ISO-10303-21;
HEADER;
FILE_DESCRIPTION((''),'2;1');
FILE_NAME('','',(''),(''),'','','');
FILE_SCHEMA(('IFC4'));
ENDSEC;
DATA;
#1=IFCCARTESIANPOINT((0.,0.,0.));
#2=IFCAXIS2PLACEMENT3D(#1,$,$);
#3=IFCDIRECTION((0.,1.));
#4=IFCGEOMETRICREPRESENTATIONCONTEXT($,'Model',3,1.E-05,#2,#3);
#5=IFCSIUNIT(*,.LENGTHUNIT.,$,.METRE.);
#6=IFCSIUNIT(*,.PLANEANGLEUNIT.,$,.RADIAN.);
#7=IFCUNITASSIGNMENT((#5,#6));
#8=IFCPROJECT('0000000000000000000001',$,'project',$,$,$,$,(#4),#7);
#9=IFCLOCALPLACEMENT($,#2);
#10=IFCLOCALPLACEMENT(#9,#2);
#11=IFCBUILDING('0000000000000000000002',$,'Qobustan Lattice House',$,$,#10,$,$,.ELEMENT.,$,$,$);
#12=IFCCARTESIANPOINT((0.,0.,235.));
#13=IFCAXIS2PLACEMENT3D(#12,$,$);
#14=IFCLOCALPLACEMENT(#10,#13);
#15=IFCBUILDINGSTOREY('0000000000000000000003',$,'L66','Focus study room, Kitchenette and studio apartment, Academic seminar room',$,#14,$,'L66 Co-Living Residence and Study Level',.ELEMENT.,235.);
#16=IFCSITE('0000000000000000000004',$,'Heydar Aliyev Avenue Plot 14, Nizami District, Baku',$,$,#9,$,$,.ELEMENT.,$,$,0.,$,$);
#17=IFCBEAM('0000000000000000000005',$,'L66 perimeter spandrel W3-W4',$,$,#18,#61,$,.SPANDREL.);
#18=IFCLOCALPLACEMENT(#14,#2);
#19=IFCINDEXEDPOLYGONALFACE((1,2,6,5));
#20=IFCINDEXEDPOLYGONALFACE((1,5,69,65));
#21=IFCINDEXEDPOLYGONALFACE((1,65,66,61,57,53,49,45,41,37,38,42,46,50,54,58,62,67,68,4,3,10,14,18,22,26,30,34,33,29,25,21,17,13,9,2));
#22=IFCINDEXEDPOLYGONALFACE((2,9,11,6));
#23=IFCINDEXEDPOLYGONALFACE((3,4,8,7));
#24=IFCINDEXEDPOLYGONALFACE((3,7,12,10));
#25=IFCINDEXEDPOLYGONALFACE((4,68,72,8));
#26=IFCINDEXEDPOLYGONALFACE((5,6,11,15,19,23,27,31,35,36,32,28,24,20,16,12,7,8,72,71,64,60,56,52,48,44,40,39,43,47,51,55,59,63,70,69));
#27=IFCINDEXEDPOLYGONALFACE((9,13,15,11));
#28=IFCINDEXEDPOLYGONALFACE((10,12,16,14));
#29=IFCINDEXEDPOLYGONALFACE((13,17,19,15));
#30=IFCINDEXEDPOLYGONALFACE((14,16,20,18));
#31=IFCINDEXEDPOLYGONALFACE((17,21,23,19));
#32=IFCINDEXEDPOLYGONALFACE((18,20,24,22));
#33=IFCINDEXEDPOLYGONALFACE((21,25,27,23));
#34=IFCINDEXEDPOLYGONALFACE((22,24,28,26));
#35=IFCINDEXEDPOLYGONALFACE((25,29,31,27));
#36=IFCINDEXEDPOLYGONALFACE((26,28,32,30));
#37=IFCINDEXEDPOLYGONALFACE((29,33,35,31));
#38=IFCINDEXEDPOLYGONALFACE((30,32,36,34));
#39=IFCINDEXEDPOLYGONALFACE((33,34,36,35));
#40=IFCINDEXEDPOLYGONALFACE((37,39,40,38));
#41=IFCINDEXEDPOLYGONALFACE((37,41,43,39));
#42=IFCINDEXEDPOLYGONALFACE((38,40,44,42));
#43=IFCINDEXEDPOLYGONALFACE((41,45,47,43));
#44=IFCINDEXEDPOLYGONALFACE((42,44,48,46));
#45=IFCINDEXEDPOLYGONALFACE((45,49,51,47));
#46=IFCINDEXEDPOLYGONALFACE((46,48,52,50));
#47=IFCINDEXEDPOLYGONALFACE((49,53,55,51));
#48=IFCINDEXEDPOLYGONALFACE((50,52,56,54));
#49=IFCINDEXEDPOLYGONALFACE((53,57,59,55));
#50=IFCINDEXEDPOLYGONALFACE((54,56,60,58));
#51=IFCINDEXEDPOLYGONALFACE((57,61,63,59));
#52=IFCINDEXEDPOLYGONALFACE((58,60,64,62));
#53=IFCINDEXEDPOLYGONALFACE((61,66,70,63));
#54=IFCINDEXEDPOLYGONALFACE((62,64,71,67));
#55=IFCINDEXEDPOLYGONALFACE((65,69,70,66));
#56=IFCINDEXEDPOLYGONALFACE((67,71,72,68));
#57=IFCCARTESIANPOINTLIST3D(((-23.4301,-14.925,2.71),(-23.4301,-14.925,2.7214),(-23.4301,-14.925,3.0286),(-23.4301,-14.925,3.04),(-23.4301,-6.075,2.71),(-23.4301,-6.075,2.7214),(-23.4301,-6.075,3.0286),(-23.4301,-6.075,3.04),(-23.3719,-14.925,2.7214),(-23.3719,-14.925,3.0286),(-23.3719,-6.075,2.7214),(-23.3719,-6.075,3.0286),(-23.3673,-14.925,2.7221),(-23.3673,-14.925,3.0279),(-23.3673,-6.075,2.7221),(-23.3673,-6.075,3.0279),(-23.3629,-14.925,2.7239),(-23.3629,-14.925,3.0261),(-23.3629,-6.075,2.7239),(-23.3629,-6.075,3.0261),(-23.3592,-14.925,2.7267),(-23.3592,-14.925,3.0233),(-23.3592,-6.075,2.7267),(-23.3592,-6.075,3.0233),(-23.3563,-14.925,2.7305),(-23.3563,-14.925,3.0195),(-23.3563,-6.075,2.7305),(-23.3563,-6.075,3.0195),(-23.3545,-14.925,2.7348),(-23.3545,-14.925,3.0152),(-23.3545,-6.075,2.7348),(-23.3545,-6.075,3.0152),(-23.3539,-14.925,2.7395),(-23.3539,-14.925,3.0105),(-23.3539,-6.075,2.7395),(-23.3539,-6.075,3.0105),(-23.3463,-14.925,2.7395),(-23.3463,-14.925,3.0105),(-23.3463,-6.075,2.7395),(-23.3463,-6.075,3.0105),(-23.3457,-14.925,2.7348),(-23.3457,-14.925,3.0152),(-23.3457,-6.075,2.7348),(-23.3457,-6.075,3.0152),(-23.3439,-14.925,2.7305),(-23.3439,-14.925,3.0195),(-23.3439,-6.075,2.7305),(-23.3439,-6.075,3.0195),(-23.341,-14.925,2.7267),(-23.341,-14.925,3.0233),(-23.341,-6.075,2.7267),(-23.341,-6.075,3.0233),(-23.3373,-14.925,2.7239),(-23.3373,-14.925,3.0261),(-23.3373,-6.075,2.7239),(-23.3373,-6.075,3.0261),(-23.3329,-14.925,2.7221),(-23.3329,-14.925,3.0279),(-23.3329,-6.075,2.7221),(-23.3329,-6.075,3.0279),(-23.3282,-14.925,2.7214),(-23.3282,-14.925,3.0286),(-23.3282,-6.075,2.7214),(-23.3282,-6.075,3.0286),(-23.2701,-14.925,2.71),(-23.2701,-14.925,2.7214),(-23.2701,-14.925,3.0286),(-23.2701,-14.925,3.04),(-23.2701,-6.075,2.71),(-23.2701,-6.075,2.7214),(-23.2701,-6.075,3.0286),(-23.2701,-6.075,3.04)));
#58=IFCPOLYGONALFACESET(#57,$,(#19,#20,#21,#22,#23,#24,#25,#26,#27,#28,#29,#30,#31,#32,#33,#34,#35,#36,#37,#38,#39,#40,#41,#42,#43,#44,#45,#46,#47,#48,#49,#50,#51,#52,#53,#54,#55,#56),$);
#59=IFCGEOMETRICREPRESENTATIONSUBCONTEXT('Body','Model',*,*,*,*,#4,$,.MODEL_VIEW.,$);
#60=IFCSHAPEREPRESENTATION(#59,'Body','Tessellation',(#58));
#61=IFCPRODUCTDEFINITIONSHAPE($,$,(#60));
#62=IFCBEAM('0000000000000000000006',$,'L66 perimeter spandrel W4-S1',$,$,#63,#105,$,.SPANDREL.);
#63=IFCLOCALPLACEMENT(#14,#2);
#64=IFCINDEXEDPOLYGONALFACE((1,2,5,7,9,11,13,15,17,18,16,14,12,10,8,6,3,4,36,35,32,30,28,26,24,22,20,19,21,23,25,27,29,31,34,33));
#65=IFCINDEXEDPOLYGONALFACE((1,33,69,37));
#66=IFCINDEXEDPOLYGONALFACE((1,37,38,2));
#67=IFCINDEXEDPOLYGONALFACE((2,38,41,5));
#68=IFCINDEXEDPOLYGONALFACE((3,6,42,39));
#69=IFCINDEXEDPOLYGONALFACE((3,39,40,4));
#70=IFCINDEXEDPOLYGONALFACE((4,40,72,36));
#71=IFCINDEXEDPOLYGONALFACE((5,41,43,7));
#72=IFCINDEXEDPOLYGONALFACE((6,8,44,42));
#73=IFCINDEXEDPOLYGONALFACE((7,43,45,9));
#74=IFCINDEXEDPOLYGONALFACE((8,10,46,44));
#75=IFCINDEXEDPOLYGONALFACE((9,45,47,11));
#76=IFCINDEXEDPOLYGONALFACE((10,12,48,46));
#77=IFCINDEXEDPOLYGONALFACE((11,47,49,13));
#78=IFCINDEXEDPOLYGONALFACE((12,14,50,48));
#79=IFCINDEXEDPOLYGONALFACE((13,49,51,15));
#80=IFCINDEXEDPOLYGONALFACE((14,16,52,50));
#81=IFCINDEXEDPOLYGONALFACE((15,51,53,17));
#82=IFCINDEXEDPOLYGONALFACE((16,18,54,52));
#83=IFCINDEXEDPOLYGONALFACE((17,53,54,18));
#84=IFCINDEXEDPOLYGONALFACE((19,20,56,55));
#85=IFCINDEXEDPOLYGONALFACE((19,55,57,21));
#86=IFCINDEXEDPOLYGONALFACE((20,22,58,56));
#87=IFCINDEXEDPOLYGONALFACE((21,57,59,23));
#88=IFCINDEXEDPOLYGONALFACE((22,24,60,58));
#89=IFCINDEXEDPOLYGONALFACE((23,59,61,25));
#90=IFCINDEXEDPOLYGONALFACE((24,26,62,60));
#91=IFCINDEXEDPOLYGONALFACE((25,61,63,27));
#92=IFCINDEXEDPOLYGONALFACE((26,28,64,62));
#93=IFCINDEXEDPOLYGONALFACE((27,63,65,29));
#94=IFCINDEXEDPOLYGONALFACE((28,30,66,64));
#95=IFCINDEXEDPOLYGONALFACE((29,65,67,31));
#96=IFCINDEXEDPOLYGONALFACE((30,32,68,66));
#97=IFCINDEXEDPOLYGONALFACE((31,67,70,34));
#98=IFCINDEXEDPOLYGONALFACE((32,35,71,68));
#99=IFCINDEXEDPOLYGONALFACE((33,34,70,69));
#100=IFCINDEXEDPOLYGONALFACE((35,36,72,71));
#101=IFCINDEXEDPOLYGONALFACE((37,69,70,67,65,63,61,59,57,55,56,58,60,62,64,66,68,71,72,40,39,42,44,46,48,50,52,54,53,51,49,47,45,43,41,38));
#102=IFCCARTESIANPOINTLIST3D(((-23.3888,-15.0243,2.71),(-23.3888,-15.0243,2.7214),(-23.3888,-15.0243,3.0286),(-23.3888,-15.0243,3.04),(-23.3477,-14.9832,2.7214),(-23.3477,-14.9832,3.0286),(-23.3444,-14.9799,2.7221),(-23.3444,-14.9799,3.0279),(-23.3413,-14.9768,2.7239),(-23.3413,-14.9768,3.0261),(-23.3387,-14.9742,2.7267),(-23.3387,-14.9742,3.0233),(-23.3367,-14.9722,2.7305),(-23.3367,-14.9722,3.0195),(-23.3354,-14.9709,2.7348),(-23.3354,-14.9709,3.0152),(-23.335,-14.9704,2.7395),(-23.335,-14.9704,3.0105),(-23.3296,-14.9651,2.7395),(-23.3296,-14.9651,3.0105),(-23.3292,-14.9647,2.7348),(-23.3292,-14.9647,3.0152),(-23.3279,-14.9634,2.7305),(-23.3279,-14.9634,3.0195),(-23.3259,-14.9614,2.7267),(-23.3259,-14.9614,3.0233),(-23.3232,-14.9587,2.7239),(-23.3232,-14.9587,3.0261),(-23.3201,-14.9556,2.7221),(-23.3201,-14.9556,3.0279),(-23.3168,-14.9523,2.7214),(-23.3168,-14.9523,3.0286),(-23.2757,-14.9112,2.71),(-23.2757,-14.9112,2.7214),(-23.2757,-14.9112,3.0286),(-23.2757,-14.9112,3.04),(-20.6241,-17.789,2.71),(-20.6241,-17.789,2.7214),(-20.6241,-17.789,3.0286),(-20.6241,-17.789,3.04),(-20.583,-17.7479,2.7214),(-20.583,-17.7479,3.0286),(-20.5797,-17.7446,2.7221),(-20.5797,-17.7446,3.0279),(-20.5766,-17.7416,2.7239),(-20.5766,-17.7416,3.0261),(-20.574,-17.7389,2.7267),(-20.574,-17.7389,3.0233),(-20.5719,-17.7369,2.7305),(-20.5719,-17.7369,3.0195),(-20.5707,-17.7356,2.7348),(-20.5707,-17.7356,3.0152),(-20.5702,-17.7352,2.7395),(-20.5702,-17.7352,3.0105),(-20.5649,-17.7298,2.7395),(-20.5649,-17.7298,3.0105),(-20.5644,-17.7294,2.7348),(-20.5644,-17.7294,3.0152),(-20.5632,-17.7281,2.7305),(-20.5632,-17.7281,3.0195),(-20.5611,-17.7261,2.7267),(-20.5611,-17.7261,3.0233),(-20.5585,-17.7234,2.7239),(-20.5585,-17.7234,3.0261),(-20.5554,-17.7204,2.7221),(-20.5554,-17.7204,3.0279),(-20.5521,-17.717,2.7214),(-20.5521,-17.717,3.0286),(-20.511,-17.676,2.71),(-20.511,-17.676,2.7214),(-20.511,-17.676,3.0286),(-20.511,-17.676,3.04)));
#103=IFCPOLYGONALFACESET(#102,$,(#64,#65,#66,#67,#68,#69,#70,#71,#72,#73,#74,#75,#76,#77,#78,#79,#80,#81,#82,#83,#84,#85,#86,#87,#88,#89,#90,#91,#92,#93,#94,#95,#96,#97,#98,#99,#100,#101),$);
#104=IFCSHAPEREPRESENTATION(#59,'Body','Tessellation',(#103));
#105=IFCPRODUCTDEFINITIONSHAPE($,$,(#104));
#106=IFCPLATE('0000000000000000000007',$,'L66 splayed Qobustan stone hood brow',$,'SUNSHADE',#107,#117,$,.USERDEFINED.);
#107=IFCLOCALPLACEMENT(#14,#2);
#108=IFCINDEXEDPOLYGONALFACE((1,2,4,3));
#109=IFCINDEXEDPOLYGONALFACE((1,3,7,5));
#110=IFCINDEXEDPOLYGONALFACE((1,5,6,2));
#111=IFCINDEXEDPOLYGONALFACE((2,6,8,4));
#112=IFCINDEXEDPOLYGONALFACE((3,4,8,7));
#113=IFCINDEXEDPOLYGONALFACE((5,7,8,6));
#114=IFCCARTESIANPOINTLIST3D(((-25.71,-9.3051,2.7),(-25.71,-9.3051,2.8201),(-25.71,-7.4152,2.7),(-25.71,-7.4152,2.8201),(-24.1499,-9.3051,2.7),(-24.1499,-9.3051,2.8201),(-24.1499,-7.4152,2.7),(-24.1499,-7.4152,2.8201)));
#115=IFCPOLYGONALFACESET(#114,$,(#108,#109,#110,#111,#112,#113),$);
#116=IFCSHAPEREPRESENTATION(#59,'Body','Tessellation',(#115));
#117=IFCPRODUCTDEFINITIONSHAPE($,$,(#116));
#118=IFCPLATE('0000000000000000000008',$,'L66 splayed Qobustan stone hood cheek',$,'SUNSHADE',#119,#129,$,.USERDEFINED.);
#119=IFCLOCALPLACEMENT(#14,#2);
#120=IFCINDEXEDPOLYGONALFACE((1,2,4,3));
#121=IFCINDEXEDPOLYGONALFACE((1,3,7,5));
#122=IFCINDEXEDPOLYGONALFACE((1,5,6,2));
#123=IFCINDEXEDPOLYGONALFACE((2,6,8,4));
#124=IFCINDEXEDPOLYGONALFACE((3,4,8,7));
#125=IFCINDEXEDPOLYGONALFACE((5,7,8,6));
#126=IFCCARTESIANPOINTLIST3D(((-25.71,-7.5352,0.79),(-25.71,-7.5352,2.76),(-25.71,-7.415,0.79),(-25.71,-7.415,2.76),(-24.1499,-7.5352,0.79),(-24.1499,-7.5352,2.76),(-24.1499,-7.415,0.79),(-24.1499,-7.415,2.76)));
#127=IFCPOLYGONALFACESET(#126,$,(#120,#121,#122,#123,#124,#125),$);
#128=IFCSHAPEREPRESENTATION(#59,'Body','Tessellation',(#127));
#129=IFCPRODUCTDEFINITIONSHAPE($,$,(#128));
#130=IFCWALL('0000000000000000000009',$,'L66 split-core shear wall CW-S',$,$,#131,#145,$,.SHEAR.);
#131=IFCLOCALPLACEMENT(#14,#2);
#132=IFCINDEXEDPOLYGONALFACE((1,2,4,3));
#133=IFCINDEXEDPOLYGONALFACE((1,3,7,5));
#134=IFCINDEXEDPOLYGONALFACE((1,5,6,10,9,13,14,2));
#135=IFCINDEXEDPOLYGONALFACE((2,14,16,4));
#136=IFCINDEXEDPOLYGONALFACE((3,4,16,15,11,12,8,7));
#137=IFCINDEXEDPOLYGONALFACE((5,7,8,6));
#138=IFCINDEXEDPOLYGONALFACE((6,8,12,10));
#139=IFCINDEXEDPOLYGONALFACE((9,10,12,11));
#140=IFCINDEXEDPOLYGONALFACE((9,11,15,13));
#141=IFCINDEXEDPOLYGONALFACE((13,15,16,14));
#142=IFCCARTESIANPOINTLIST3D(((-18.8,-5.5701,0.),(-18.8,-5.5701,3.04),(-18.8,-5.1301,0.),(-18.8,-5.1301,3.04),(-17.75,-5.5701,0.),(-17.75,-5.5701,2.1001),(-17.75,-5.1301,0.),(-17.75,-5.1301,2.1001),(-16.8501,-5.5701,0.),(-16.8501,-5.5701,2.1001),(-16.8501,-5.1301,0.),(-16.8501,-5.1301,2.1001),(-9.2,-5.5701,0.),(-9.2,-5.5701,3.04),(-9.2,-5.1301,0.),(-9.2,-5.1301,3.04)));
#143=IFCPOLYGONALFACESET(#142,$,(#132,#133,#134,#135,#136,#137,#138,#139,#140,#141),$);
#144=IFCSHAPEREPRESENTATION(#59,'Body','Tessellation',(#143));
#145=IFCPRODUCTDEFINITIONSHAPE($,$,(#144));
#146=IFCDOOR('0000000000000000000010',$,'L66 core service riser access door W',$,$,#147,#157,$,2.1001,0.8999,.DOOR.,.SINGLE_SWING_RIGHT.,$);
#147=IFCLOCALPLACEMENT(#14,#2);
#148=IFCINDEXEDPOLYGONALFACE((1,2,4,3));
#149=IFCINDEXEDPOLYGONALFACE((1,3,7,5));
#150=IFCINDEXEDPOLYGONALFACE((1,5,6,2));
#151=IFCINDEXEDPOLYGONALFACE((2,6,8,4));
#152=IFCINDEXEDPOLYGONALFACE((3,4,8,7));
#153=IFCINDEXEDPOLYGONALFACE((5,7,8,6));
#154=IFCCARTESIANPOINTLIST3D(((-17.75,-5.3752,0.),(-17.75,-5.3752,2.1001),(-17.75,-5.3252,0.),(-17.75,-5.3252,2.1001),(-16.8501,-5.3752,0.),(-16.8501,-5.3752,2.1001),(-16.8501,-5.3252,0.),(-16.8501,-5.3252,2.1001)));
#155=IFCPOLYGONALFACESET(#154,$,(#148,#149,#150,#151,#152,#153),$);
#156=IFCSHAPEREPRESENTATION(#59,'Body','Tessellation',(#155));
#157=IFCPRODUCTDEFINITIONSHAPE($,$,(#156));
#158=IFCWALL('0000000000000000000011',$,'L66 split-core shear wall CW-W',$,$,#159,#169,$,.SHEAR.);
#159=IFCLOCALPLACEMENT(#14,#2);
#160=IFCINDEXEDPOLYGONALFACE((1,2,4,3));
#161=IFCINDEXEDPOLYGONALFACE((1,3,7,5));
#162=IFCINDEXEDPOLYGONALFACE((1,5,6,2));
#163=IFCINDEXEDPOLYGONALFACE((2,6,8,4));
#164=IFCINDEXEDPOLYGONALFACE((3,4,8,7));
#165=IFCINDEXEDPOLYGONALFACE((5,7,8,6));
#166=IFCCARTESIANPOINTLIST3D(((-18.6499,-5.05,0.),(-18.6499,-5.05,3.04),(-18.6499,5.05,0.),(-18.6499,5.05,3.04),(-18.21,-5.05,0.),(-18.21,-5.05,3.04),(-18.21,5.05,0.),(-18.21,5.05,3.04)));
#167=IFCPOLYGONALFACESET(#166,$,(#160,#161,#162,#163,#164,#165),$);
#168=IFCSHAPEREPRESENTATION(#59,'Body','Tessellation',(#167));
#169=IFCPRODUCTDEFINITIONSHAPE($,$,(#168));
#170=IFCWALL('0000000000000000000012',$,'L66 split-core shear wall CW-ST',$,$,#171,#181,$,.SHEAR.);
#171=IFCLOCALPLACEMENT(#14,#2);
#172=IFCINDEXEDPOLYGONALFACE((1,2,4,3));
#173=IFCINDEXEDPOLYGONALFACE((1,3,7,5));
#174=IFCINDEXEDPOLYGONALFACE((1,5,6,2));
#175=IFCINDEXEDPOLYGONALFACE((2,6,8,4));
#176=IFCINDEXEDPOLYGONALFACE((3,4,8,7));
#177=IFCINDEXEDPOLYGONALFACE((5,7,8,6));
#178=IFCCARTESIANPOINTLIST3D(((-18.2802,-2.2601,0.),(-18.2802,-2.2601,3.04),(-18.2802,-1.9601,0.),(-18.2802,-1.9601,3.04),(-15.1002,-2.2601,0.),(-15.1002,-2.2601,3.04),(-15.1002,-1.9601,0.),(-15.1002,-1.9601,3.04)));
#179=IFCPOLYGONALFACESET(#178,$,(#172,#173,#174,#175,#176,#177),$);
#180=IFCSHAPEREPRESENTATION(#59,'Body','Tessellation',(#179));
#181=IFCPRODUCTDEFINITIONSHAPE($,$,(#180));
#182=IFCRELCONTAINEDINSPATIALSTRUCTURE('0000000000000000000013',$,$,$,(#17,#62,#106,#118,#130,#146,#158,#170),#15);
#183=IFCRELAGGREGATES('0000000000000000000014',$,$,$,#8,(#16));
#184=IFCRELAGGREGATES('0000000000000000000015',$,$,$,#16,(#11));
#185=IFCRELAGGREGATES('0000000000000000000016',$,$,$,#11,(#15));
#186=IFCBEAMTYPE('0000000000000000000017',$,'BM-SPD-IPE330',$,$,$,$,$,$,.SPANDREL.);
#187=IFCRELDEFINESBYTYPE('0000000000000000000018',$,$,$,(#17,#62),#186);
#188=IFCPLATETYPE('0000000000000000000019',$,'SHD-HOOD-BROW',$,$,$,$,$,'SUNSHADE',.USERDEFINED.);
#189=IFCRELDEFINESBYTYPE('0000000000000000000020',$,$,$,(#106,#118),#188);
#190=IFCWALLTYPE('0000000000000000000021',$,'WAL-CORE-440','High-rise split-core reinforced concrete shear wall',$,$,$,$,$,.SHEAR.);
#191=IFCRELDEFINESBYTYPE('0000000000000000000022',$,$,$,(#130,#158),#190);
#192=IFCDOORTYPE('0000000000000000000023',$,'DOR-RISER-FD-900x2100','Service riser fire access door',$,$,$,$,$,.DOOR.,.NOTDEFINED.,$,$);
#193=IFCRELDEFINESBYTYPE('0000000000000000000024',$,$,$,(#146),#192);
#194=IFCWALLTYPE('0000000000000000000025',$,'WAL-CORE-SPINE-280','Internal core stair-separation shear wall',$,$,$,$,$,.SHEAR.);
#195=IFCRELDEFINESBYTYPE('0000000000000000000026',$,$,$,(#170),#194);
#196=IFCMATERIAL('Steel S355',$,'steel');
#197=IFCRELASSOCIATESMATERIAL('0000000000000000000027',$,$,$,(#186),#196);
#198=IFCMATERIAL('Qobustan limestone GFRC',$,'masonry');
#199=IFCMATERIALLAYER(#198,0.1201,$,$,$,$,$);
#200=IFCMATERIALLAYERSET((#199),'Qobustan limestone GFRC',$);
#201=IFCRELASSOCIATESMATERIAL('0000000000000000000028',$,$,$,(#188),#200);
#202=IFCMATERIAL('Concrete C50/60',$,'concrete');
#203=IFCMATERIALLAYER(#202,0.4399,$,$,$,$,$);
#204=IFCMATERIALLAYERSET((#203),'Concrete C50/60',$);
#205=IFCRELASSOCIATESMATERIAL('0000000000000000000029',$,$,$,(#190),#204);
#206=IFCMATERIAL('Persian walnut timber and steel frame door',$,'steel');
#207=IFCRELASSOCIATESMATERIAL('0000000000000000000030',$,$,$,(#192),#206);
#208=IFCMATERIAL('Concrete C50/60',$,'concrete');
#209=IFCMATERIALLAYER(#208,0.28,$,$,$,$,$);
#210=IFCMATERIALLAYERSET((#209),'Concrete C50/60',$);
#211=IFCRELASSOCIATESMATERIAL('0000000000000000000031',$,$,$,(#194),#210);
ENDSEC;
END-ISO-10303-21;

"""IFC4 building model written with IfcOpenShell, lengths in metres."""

from ifc_helpers import new_model, si_unit, direction, frame, frame_2d, origin, origin_2d, place, context, subcontext, project, spatial, rectangle, i_section, extrude, material, layer, layer_set, material_profile, profile_set, type_object, element, fill, save


model = new_model("IFC4")

# Units and contexts
model_context = context("Model", 3, precision=1e-05, world=origin(), true_north=direction((0.0, 1.0)))
body_context = subcontext(model_context, "Body", "Model", "MODEL_VIEW")
ifc_project = project(units=[si_unit("LENGTHUNIT", "METRE"), si_unit("PLANEANGLEUNIT", "RADIAN")], contexts=[model_context])

# Site, building, storey
site_placement = place(None, origin())
site = spatial("IfcSite", under=ifc_project, at=site_placement, Name="Heydar Aliyev Avenue Plot 14, Nizami District, Baku", CompositionType="ELEMENT", RefElevation=0.0)
building_placement = place(site_placement, origin())
building = spatial("IfcBuilding", under=site, at=building_placement, Name="Qobustan Lattice House", CompositionType="ELEMENT")
storey_placement = place(building_placement, frame((0.0, 0.0, 235.0)))
storey = spatial("IfcBuildingStorey", under=building, at=storey_placement, Name="L66", Description="Focus study room, Kitchenette and studio apartment, Academic seminar room", LongName="L66 Co-Living Residence and Study Level", CompositionType="ELEMENT", Elevation=235.0)

# Beams
ifc_material_1 = material(Name="Steel S355", Category="steel")
ifc_material_profile_1 = material_profile(ifc_material_1, i_section(OverallWidth=0.1599, OverallDepth=0.3301, WebThickness=0.0076, FlangeThickness=0.0115, FilletRadius=0.0181, at=origin_2d()), Name="IPE330")
ifc_profile_set_1 = profile_set([ifc_material_profile_1], Name="Steel S355")
beam_type_1 = type_object("IfcBeamType", Name="BM-SPD-IPE330", PredefinedType="SPANDREL", material=ifc_profile_set_1)
beam_1_placement = place(storey_placement, frame((-23.3501, -6.075, 2.875), z_axis=(0.0, -1.0, 0.0), x_axis=(1.0, 0.0, 0.0)))
element("IfcBeam", 1, at=beam_1_placement, inside=storey, type_object=beam_type_1, Name="L66 perimeter spandrel W3-W4", PredefinedType="SPANDREL", context=body_context, shape_type="SweptSolid", body=[
    extrude(i_section(OverallWidth=0.1599, OverallDepth=0.3301, WebThickness=0.0076, FlangeThickness=0.0115, FilletRadius=0.0181, at=origin_2d()), origin(), (0.0, 0.0, 1.0), 8.8501),
])
beam_2_placement = place(storey_placement, frame((-23.3323, -14.9678, 2.875), z_axis=(0.707107, -0.707107, 0.0), x_axis=(0.707107, 0.707107, 0.0)))
element("IfcBeam", 2, at=beam_2_placement, inside=storey, type_object=beam_type_1, Name="L66 perimeter spandrel W4-S1", PredefinedType="SPANDREL", context=body_context, shape_type="SweptSolid", body=[
    extrude(i_section(OverallWidth=0.1599, OverallDepth=0.3301, WebThickness=0.0076, FlangeThickness=0.0115, FilletRadius=0.0181, at=origin_2d()), origin(), (0.0, 0.0, 1.0), 3.9099),
])

# Plates
ifc_material_2 = material(Name="Qobustan limestone GFRC", Category="masonry")
ifc_layer_1 = layer(ifc_material_2, 0.1201)
ifc_layer_set_1 = layer_set([ifc_layer_1], Name="Qobustan limestone GFRC")
plate_type = type_object("IfcPlateType", Name="SHD-HOOD-BROW", ElementType="SUNSHADE", PredefinedType="USERDEFINED", material=ifc_layer_set_1)
plate_1_placement = place(storey_placement, frame((-24.9299, -8.3601, 2.7), z_axis=(0.0, 0.0, 1.0), x_axis=(0.0, 1.0, 0.0)))
element("IfcPlate", 3, at=plate_1_placement, inside=storey, type_object=plate_type, Name="L66 splayed Qobustan stone hood brow", ObjectType="SUNSHADE", PredefinedType="USERDEFINED", context=body_context, shape_type="SweptSolid", body=[
    extrude(rectangle(XDim=1.8899, YDim=1.5601, at=origin_2d()), origin(), (0.0, 0.0, 1.0), 0.1201),
])
plate_2_placement = place(storey_placement, frame((-24.9299, -7.4751, 0.79), z_axis=(0.0, 0.0, 1.0), x_axis=(0.0, 1.0, 0.0)))
element("IfcPlate", 4, at=plate_2_placement, inside=storey, type_object=plate_type, Name="L66 splayed Qobustan stone hood cheek", ObjectType="SUNSHADE", PredefinedType="USERDEFINED", context=body_context, shape_type="SweptSolid", body=[
    extrude(rectangle(XDim=0.1201, YDim=1.5601, at=origin_2d()), origin(), (0.0, 0.0, 1.0), 1.97),
])

# Wall, opening, door
ifc_material_3 = material(Name="Concrete C50/60", Category="concrete")
ifc_layer_2 = layer(ifc_material_3, 0.4399)
ifc_layer_set_2 = layer_set([ifc_layer_2], Name="Concrete C50/60")
wall_type_1 = type_object("IfcWallType", Name="WAL-CORE-440", Description="High-rise split-core reinforced concrete shear wall", PredefinedType="SHEAR", material=ifc_layer_set_2)
wall_1_placement = place(storey_placement, frame((-18.8, -5.3501, 0.0), z_axis=(0.0, 0.0, 1.0), x_axis=(1.0, 0.0, 0.0)))
wall_1 = element("IfcWall", 5, at=wall_1_placement, inside=storey, type_object=wall_type_1, Name="L66 split-core shear wall CW-S", PredefinedType="SHEAR", context=body_context, shape_type="SweptSolid", body=[
    extrude(rectangle(XDim=9.6001, YDim=0.4399, at=frame_2d((4.8, 0.0))), origin(), (0.0, 0.0, 1.0), 3.04),
])
opening_1_placement = place(wall_1_placement, frame((1.05, 0.0, 0.0)))
opening_1 = element("IfcOpeningElement", 6, at=opening_1_placement, cuts=wall_1, PredefinedType="OPENING", context=body_context, shape_type="SweptSolid", body=[
    extrude(rectangle(XDim=0.8999, YDim=2.1001, at=frame_2d((0.45, 1.05))), frame((0.0, 0.23, 0.0), z_axis=(0.0, -1.0, 0.0), x_axis=(1.0, 0.0, 0.0)), (0.0, 0.0, 1.0), 0.46),
])
ifc_material_4 = material(Name="Persian walnut timber and steel frame door", Category="steel")
door_type_1 = type_object("IfcDoorType", Name="DOR-RISER-FD-900x2100", Description="Service riser fire access door", OperationType="NOTDEFINED", PredefinedType="DOOR", material=ifc_material_4)
door_1_placement = place(opening_1_placement, origin())
door_1 = element("IfcDoor", 7, at=door_1_placement, inside=storey, type_object=door_type_1, Name="L66 core service riser access door W", OperationType="SINGLE_SWING_RIGHT", OverallHeight=2.1001, OverallWidth=0.8999, PredefinedType="DOOR", context=body_context, shape_type="SweptSolid", body=[
    extrude(rectangle(XDim=0.8999, YDim=2.1001, at=frame_2d((0.45, 1.05))), frame((0.0, 0.0249, 0.0), z_axis=(0.0, -1.0, 0.0), x_axis=(1.0, 0.0, 0.0)), (0.0, 0.0, 1.0), 0.05),
])
fill(opening_1, door_1)

# Walls
wall_2_placement = place(storey_placement, frame((-18.4299, -5.05, 0.0), z_axis=(0.0, 0.0, 1.0), x_axis=(0.0, 1.0, 0.0)))
element("IfcWall", 8, at=wall_2_placement, inside=storey, type_object=wall_type_1, Name="L66 split-core shear wall CW-W", PredefinedType="SHEAR", context=body_context, shape_type="SweptSolid", body=[
    extrude(rectangle(XDim=10.1001, YDim=0.4399, at=frame_2d((5.05, 0.0))), origin(), (0.0, 0.0, 1.0), 3.04),
])
ifc_material_5 = material(Name="Concrete C50/60", Category="concrete")
ifc_layer_3 = layer(ifc_material_5, 0.28)
ifc_layer_set_3 = layer_set([ifc_layer_3], Name="Concrete C50/60")
wall_type_2 = type_object("IfcWallType", Name="WAL-CORE-SPINE-280", Description="Internal core stair-separation shear wall", PredefinedType="SHEAR", material=ifc_layer_set_3)
wall_3_placement = place(storey_placement, frame((-18.28, -2.1101, 0.0), z_axis=(0.0, 0.0, 1.0), x_axis=(1.0, 0.0, 0.0)))
element("IfcWall", 9, at=wall_3_placement, inside=storey, type_object=wall_type_2, Name="L66 split-core shear wall CW-ST", PredefinedType="SHEAR", context=body_context, shape_type="SweptSolid", body=[
    extrude(rectangle(XDim=3.1799, YDim=0.3, at=frame_2d((1.5898, 0.0))), origin(), (0.0, 0.0, 1.0), 3.04),
])

save(model, "model.ifc")
